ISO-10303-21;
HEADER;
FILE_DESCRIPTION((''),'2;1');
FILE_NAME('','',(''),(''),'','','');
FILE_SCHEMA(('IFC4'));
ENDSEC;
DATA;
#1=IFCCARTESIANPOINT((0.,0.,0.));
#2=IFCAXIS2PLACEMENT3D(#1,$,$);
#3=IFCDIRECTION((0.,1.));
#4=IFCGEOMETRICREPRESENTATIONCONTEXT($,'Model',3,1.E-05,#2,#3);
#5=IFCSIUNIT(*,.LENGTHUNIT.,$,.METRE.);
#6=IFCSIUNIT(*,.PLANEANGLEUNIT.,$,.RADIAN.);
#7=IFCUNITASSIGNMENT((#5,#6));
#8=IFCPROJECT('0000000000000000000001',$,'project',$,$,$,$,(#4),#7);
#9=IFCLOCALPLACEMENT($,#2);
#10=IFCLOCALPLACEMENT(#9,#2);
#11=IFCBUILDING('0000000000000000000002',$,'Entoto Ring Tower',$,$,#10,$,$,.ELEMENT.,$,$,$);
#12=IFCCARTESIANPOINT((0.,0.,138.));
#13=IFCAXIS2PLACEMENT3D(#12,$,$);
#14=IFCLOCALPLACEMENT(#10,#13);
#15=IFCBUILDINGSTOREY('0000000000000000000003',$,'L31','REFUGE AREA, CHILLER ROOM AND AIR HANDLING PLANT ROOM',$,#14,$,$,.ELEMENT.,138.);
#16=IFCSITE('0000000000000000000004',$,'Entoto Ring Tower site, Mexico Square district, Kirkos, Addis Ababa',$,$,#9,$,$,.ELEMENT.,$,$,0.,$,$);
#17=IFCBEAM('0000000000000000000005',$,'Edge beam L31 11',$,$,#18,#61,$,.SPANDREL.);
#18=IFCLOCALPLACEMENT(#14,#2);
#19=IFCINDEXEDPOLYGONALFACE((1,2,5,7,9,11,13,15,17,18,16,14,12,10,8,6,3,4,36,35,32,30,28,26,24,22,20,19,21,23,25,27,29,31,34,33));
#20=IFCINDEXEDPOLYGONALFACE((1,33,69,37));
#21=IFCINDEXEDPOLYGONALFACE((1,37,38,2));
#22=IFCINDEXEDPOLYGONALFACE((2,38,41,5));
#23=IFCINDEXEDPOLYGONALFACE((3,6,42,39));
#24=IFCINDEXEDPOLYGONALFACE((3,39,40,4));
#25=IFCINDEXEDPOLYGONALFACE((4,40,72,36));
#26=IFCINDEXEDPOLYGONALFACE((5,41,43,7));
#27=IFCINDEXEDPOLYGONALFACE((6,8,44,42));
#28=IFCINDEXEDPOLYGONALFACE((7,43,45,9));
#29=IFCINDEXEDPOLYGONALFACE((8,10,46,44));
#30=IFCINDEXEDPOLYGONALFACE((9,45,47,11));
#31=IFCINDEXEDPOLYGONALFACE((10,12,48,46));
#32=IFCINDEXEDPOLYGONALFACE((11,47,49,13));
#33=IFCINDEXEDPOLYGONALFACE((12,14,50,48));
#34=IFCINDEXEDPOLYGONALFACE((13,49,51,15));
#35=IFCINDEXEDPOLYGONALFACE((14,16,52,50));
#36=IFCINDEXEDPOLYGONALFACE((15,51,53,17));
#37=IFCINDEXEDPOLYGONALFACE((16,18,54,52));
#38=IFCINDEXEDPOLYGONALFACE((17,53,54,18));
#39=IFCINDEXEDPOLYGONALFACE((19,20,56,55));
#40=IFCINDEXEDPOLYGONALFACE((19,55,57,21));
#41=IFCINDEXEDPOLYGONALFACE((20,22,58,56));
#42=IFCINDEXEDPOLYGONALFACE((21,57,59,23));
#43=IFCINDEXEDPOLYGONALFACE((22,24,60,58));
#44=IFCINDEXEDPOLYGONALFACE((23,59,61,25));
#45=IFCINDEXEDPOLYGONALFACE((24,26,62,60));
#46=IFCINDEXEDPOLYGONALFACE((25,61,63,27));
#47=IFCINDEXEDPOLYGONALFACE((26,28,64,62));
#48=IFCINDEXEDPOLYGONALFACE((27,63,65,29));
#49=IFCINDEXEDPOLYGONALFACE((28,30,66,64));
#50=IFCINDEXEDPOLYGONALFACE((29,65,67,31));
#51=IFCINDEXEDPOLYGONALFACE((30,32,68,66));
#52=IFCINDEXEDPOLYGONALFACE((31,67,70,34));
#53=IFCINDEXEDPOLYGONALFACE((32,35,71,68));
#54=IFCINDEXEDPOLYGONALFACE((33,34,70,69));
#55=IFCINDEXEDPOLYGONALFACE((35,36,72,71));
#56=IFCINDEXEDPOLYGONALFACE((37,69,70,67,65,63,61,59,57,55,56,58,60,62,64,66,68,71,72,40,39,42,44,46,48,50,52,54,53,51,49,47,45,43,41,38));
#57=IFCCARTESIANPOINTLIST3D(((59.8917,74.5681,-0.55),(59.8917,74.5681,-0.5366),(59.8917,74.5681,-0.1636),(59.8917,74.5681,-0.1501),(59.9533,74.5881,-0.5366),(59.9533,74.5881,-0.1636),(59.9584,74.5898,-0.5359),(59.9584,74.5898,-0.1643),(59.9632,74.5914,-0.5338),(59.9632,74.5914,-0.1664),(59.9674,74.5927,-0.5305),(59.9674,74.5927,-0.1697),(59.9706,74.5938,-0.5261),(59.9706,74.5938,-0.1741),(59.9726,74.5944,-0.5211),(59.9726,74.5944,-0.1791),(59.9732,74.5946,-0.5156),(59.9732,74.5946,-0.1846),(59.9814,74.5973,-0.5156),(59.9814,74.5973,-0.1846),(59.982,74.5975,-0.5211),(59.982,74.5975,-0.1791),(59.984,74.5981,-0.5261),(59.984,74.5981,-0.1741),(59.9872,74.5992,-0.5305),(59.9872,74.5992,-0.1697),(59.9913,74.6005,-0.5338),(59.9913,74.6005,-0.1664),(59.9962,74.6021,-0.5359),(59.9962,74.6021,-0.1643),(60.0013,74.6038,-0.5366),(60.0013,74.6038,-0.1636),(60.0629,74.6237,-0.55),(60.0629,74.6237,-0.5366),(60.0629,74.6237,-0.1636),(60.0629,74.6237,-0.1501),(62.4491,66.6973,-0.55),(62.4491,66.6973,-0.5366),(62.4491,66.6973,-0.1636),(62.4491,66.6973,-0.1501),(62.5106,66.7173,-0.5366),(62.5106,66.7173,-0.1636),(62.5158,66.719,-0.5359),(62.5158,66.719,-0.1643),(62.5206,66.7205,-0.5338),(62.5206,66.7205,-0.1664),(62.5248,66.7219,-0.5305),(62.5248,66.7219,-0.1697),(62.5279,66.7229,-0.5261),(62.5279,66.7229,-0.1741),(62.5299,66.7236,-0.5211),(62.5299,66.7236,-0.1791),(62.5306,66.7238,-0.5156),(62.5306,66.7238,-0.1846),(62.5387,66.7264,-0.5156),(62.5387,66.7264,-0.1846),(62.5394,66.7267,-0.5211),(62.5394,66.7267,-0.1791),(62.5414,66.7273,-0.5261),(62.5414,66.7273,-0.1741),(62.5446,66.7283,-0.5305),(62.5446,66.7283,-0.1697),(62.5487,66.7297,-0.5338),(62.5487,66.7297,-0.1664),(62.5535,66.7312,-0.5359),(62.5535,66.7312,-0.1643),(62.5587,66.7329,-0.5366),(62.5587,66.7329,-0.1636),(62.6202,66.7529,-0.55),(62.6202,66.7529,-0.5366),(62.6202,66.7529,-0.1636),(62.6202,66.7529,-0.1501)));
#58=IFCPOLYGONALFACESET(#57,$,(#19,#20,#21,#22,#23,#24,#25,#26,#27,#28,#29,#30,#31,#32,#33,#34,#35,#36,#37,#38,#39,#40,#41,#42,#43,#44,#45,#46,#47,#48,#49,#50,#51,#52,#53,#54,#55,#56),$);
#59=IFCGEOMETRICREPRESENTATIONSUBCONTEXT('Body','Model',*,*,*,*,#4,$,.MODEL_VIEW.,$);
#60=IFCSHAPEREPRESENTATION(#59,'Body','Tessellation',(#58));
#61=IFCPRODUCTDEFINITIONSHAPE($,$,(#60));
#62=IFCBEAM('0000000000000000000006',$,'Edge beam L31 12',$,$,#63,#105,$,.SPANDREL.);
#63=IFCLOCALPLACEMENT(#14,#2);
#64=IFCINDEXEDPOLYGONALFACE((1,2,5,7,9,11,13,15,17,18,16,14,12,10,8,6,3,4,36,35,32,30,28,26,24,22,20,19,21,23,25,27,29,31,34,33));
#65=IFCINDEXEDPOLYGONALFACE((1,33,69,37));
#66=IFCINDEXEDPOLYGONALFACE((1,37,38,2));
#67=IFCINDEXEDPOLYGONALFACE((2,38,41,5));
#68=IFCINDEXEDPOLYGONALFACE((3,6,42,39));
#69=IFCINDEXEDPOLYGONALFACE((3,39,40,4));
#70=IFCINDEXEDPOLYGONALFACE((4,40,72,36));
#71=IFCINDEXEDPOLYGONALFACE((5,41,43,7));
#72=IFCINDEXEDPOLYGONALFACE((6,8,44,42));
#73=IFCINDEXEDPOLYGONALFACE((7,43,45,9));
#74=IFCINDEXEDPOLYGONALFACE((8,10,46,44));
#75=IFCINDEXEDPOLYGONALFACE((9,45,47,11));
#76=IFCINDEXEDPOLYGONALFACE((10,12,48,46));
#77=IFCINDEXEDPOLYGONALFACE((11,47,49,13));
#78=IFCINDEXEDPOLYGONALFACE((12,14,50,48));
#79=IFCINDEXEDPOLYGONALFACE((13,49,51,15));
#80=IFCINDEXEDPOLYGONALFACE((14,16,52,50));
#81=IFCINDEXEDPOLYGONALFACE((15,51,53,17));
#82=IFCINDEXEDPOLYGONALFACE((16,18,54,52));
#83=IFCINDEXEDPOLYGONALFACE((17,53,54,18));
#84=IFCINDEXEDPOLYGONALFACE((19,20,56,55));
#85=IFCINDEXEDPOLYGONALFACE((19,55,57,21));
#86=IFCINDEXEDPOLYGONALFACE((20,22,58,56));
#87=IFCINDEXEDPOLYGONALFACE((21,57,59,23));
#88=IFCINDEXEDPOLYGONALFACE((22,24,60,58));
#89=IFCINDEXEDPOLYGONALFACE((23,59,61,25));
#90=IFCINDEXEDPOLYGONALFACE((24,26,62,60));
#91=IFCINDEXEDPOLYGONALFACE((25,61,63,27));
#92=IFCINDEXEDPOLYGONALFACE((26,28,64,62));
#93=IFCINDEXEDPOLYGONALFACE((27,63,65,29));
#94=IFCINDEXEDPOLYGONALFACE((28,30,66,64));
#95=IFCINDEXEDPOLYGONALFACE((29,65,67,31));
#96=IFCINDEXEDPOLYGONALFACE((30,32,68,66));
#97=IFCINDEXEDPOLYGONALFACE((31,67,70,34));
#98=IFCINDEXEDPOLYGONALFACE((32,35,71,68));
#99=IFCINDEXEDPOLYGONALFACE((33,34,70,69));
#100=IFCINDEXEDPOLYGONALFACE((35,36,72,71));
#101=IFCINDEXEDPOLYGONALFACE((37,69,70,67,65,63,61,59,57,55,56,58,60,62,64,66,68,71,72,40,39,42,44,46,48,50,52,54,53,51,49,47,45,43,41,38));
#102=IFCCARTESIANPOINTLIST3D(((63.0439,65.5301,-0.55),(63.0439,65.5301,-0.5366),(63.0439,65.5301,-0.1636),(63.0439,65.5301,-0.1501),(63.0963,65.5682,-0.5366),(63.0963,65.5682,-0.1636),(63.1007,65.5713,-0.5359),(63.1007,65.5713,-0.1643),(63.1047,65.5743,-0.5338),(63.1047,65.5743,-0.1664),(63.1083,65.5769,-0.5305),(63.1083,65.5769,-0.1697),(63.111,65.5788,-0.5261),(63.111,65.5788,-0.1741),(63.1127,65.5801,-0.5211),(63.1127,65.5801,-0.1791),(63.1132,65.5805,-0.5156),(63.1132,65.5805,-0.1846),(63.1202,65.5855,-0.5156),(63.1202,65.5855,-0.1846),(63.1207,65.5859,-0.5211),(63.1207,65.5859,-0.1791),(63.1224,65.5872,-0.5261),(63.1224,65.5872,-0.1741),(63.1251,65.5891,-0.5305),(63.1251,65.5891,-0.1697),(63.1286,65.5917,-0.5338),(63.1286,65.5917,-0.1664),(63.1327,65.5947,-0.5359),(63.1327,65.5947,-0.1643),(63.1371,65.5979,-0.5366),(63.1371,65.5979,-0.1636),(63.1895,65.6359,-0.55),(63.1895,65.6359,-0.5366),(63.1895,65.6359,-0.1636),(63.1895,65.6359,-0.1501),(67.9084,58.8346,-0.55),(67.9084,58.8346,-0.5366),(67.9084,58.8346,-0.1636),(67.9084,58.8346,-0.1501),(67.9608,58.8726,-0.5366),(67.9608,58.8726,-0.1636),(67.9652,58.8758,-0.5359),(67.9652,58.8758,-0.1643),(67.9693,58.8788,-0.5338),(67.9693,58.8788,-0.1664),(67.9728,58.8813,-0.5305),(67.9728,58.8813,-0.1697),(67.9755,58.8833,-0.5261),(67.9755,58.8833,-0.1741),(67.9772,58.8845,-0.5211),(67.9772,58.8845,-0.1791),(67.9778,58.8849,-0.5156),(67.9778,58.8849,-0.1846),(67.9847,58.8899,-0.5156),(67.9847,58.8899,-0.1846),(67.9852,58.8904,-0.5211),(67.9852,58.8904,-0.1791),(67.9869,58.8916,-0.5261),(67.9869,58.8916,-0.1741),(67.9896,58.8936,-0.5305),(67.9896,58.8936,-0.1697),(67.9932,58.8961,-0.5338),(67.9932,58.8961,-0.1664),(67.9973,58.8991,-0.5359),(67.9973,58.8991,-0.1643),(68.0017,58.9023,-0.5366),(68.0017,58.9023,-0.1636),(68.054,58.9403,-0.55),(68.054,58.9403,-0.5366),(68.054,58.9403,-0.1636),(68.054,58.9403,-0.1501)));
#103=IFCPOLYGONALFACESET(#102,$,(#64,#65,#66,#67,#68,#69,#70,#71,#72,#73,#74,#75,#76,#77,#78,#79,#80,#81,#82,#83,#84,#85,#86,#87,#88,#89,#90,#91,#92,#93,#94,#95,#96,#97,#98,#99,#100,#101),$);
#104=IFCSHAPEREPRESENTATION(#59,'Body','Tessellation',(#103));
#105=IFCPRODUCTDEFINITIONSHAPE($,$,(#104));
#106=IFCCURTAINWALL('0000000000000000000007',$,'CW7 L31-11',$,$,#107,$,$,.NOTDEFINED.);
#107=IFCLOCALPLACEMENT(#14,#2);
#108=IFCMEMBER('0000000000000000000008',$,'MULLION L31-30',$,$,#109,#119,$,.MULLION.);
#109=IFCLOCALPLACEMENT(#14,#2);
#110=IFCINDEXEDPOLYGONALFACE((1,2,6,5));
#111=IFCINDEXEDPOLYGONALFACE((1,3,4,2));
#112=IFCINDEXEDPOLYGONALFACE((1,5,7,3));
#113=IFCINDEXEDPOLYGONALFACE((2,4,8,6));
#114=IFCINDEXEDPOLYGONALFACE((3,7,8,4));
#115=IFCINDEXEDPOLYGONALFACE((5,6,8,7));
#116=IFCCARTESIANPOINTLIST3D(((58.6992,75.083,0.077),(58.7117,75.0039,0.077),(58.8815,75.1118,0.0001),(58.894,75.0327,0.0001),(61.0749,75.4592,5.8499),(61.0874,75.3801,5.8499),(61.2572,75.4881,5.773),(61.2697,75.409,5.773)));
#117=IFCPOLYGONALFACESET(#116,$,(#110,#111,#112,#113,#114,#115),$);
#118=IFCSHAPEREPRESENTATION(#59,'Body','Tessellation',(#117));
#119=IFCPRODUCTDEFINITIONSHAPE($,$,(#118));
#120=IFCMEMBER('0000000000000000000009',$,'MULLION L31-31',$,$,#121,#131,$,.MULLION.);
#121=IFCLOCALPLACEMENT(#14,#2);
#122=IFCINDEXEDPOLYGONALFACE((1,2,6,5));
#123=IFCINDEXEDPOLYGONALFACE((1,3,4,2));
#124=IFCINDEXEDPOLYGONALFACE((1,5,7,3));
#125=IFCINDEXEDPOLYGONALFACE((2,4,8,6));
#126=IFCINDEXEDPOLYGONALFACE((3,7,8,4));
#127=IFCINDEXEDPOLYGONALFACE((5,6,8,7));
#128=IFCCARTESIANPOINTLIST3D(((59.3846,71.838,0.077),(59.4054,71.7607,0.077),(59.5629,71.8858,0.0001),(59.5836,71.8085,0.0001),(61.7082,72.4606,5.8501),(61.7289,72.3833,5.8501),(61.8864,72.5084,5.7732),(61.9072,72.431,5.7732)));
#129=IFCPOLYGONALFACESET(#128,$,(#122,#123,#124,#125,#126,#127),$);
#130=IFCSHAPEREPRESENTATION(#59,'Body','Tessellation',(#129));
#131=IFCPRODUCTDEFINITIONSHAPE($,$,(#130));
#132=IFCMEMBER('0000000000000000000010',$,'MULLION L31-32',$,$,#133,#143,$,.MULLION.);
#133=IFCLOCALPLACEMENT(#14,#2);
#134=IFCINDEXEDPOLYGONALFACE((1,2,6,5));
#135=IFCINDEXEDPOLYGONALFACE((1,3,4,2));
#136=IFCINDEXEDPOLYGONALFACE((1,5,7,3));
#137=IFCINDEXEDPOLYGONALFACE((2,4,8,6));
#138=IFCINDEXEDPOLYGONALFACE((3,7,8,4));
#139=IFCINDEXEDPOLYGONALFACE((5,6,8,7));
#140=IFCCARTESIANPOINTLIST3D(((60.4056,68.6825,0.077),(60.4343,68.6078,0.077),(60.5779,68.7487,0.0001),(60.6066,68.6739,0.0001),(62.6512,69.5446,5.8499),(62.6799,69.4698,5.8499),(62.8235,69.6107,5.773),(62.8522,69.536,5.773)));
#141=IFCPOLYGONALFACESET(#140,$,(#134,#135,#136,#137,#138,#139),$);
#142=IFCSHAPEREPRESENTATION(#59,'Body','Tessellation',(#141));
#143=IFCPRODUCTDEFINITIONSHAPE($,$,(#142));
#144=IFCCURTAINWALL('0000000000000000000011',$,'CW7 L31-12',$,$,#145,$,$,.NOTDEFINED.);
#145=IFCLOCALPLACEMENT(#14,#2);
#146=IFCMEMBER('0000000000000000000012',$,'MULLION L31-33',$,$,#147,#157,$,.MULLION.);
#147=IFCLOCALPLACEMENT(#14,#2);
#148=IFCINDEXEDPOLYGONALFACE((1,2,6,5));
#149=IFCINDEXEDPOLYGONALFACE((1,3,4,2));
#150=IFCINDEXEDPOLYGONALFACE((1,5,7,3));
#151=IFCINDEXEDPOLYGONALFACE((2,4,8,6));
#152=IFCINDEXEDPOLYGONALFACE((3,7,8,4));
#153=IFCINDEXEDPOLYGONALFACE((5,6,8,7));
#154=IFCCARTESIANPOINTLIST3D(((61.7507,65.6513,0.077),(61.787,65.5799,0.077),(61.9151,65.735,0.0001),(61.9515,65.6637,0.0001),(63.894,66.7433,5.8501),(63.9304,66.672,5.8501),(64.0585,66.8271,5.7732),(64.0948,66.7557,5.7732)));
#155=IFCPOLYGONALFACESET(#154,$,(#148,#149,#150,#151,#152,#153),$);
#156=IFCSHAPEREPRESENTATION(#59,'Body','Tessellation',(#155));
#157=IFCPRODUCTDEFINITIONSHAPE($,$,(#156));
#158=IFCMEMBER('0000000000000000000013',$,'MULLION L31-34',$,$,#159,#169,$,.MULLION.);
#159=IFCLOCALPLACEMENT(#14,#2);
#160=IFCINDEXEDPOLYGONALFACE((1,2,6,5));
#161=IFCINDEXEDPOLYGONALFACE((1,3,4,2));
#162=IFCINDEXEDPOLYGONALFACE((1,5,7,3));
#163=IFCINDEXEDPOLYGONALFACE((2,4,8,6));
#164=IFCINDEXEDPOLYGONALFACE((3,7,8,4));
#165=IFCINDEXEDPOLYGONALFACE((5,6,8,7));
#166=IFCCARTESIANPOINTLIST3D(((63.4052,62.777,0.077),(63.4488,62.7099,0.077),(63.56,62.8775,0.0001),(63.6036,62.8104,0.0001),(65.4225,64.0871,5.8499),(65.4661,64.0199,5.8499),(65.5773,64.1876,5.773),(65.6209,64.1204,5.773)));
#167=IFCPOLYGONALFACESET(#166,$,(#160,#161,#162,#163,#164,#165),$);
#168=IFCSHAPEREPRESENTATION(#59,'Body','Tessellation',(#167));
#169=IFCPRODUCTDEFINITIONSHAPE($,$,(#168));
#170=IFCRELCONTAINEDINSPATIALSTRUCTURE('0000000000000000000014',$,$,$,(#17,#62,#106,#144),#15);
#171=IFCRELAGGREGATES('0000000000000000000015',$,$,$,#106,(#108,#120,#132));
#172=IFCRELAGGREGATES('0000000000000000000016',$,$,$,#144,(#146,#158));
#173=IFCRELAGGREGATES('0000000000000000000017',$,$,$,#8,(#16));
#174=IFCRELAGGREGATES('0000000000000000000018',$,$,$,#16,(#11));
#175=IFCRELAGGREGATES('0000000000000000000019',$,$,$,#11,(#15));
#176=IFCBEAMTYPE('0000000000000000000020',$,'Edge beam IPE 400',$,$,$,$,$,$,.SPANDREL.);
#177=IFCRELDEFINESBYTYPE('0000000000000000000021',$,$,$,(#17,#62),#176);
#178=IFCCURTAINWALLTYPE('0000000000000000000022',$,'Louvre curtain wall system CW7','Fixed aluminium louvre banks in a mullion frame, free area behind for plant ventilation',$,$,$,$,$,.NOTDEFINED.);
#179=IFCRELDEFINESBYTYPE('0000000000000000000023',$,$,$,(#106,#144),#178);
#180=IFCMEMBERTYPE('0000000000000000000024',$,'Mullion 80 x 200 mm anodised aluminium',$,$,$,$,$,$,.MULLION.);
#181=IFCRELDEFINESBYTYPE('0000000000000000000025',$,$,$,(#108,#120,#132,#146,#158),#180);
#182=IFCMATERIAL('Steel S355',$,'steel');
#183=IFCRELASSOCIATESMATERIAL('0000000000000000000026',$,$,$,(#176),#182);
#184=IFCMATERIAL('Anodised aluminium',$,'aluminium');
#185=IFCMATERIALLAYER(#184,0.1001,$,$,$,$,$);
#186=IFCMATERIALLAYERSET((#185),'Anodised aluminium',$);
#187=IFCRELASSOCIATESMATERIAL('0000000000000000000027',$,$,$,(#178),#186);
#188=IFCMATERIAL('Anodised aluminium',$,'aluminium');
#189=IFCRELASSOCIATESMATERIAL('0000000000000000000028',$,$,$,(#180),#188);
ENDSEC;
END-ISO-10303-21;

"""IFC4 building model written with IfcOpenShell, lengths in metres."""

from ifc_helpers import new_model, si_unit, direction, frame, origin, origin_2d, place, context, subcontext, project, spatial, rectangle, i_section, extrude, material, layer, layer_set, material_profile, profile_set, type_object, element, aggregate, save


model = new_model("IFC4")

# Units and contexts
model_context = context("Model", 3, precision=1e-05, world=origin(), true_north=direction((0.0, 1.0)))
body_context = subcontext(model_context, "Body", "Model", "MODEL_VIEW")
ifc_project = project(units=[si_unit("LENGTHUNIT", "METRE"), si_unit("PLANEANGLEUNIT", "RADIAN")], contexts=[model_context])

# Site, building, storey
site_placement = place(None, origin())
site = spatial("IfcSite", under=ifc_project, at=site_placement, Name="Entoto Ring Tower site, Mexico Square district, Kirkos, Addis Ababa", CompositionType="ELEMENT", RefElevation=0.0)
building_placement = place(site_placement, origin())
building = spatial("IfcBuilding", under=site, at=building_placement, Name="Entoto Ring Tower", CompositionType="ELEMENT")
storey_placement = place(building_placement, frame((0.0, 0.0, 138.0)))
storey = spatial("IfcBuildingStorey", under=building, at=storey_placement, Name="L31", Description="REFUGE AREA, CHILLER ROOM AND AIR HANDLING PLANT ROOM", CompositionType="ELEMENT", Elevation=138.0)

# Beams
ifc_material_1 = material(Name="Steel S355", Category="steel")
ifc_material_profile_1 = material_profile(ifc_material_1, i_section(OverallWidth=0.1799, OverallDepth=0.3999, WebThickness=0.0085, FlangeThickness=0.0134, FilletRadius=0.021, at=origin_2d()), Name="IPE 400")
ifc_profile_set_1 = profile_set([ifc_material_profile_1], Name="Steel S355")
beam_type_1 = type_object("IfcBeamType", Name="Edge beam IPE 400", PredefinedType="SPANDREL", material=ifc_profile_set_1)
beam_1_placement = place(storey_placement, frame((59.9773, 74.5959, -0.3501), z_axis=(0.309015, -0.951057, 0.0), x_axis=(0.951057, 0.309015, 0.0)))
element("IfcBeam", 1, at=beam_1_placement, inside=storey, type_object=beam_type_1, Name="Edge beam L31 11", PredefinedType="SPANDREL", context=body_context, shape_type="SweptSolid", body=[
    extrude(i_section(OverallWidth=0.1799, OverallDepth=0.3999, WebThickness=0.0085, FlangeThickness=0.0134, FilletRadius=0.021, at=origin_2d()), origin(), (0.0, 0.0, 1.0), 8.2759),
])
beam_2_placement = place(storey_placement, frame((63.1167, 65.583, -0.3501), z_axis=(0.587777, -0.809023, 0.0), x_axis=(0.809023, 0.587777, 0.0)))
element("IfcBeam", 2, at=beam_2_placement, inside=storey, type_object=beam_type_1, Name="Edge beam L31 12", PredefinedType="SPANDREL", context=body_context, shape_type="SweptSolid", body=[
    extrude(i_section(OverallWidth=0.1799, OverallDepth=0.3999, WebThickness=0.0085, FlangeThickness=0.0134, FilletRadius=0.021, at=origin_2d()), origin(), (0.0, 0.0, 1.0), 8.2761),
])

# Curtain walls, members
ifc_material_2 = material(Name="Anodised aluminium", Category="aluminium")
ifc_layer_1 = layer(ifc_material_2, 0.1001)
ifc_layer_set_1 = layer_set([ifc_layer_1], Name="Anodised aluminium")
curtain_wall_type = type_object("IfcCurtainWallType", Name="Louvre curtain wall system CW7", Description="Fixed aluminium louvre banks in a mullion frame, free area behind for plant ventilation", PredefinedType="NOTDEFINED", material=ifc_layer_set_1)
curtain_wall_1_placement = place(storey_placement, origin())
curtain_wall_1 = element("IfcCurtainWall", 3, at=curtain_wall_1_placement, inside=storey, type_object=curtain_wall_type, Name="CW7 L31-11", PredefinedType="NOTDEFINED")
ifc_material_3 = material(Name="Anodised aluminium", Category="aluminium")
ifc_material_profile_2 = material_profile(ifc_material_3, rectangle(XDim=0.0801, YDim=0.2, at=origin_2d()), Name="Mullion 80 x 200 mm anodised aluminium")
ifc_profile_set_2 = profile_set([ifc_material_profile_2], Name="Anodised aluminium")
member_type_1 = type_object("IfcMemberType", Name="Mullion 80 x 200 mm anodised aluminium", PredefinedType="MULLION", material=ifc_profile_set_2)
member_1_placement = place(storey_placement, frame((58.7966, 75.0579, 0.0386), z_axis=(0.379874, 0.060157, 0.92308), x_axis=(-0.156411, 0.987692, 0.0)))
member_1 = element("IfcMember", 4, at=member_1_placement, type_object=member_type_1, Name="MULLION L31-30", PredefinedType="MULLION", context=body_context, shape_type="SweptSolid", body=[
    extrude(rectangle(XDim=0.0801, YDim=0.2, at=origin_2d()), origin(), (0.0, 0.0, 1.0), 6.2539),
])
member_2_placement = place(storey_placement, frame((59.4841, 71.8232, 0.0386), z_axis=(0.371517, 0.099545, 0.923074), x_axis=(-0.258812, 0.965928, 0.0)))
member_2 = element("IfcMember", 5, at=member_2_placement, type_object=member_type_1, Name="MULLION L31-31", PredefinedType="MULLION", context=body_context, shape_type="SweptSolid", body=[
    extrude(rectangle(XDim=0.0801, YDim=0.2, at=origin_2d()), origin(), (0.0, 0.0, 1.0), 6.2542),
])
member_3_placement = place(storey_placement, frame((60.5061, 68.6782, 0.0386), z_axis=(0.359066, 0.137841, 0.923077), x_axis=(-0.358387, 0.933573, 0.0)))
member_3 = element("IfcMember", 6, at=member_3_placement, type_object=member_type_1, Name="MULLION L31-32", PredefinedType="MULLION", context=body_context, shape_type="SweptSolid", body=[
    extrude(rectangle(XDim=0.0801, YDim=0.2, at=origin_2d()), origin(), (0.0, 0.0, 1.0), 6.2539),
])
aggregate(curtain_wall_1, [member_1, member_2, member_3])
curtain_wall_2_placement = place(storey_placement, origin())
curtain_wall_2 = element("IfcCurtainWall", 7, at=curtain_wall_2_placement, inside=storey, type_object=curtain_wall_type, Name="CW7 L31-12", PredefinedType="NOTDEFINED")
member_4_placement = place(storey_placement, frame((61.8511, 65.6575, 0.0386), z_axis=(0.342707, 0.174613, 0.923072), x_axis=(-0.453981, 0.891012, 0.0)))
member_4 = element("IfcMember", 8, at=member_4_placement, type_object=member_type_1, Name="MULLION L31-33", PredefinedType="MULLION", context=body_context, shape_type="SweptSolid", body=[
    extrude(rectangle(XDim=0.0801, YDim=0.2, at=origin_2d()), origin(), (0.0, 0.0, 1.0), 6.2542),
])
member_5_placement = place(storey_placement, frame((63.5044, 62.7937, 0.0386), z_axis=(0.322566, 0.209474, 0.923077), x_axis=(-0.544635, 0.838673, 0.0)))
member_5 = element("IfcMember", 9, at=member_5_placement, type_object=member_type_1, Name="MULLION L31-34", PredefinedType="MULLION", context=body_context, shape_type="SweptSolid", body=[
    extrude(rectangle(XDim=0.0801, YDim=0.2, at=origin_2d()), origin(), (0.0, 0.0, 1.0), 6.2539),
])
aggregate(curtain_wall_2, [member_4, member_5])

save(model, "model.ifc")
